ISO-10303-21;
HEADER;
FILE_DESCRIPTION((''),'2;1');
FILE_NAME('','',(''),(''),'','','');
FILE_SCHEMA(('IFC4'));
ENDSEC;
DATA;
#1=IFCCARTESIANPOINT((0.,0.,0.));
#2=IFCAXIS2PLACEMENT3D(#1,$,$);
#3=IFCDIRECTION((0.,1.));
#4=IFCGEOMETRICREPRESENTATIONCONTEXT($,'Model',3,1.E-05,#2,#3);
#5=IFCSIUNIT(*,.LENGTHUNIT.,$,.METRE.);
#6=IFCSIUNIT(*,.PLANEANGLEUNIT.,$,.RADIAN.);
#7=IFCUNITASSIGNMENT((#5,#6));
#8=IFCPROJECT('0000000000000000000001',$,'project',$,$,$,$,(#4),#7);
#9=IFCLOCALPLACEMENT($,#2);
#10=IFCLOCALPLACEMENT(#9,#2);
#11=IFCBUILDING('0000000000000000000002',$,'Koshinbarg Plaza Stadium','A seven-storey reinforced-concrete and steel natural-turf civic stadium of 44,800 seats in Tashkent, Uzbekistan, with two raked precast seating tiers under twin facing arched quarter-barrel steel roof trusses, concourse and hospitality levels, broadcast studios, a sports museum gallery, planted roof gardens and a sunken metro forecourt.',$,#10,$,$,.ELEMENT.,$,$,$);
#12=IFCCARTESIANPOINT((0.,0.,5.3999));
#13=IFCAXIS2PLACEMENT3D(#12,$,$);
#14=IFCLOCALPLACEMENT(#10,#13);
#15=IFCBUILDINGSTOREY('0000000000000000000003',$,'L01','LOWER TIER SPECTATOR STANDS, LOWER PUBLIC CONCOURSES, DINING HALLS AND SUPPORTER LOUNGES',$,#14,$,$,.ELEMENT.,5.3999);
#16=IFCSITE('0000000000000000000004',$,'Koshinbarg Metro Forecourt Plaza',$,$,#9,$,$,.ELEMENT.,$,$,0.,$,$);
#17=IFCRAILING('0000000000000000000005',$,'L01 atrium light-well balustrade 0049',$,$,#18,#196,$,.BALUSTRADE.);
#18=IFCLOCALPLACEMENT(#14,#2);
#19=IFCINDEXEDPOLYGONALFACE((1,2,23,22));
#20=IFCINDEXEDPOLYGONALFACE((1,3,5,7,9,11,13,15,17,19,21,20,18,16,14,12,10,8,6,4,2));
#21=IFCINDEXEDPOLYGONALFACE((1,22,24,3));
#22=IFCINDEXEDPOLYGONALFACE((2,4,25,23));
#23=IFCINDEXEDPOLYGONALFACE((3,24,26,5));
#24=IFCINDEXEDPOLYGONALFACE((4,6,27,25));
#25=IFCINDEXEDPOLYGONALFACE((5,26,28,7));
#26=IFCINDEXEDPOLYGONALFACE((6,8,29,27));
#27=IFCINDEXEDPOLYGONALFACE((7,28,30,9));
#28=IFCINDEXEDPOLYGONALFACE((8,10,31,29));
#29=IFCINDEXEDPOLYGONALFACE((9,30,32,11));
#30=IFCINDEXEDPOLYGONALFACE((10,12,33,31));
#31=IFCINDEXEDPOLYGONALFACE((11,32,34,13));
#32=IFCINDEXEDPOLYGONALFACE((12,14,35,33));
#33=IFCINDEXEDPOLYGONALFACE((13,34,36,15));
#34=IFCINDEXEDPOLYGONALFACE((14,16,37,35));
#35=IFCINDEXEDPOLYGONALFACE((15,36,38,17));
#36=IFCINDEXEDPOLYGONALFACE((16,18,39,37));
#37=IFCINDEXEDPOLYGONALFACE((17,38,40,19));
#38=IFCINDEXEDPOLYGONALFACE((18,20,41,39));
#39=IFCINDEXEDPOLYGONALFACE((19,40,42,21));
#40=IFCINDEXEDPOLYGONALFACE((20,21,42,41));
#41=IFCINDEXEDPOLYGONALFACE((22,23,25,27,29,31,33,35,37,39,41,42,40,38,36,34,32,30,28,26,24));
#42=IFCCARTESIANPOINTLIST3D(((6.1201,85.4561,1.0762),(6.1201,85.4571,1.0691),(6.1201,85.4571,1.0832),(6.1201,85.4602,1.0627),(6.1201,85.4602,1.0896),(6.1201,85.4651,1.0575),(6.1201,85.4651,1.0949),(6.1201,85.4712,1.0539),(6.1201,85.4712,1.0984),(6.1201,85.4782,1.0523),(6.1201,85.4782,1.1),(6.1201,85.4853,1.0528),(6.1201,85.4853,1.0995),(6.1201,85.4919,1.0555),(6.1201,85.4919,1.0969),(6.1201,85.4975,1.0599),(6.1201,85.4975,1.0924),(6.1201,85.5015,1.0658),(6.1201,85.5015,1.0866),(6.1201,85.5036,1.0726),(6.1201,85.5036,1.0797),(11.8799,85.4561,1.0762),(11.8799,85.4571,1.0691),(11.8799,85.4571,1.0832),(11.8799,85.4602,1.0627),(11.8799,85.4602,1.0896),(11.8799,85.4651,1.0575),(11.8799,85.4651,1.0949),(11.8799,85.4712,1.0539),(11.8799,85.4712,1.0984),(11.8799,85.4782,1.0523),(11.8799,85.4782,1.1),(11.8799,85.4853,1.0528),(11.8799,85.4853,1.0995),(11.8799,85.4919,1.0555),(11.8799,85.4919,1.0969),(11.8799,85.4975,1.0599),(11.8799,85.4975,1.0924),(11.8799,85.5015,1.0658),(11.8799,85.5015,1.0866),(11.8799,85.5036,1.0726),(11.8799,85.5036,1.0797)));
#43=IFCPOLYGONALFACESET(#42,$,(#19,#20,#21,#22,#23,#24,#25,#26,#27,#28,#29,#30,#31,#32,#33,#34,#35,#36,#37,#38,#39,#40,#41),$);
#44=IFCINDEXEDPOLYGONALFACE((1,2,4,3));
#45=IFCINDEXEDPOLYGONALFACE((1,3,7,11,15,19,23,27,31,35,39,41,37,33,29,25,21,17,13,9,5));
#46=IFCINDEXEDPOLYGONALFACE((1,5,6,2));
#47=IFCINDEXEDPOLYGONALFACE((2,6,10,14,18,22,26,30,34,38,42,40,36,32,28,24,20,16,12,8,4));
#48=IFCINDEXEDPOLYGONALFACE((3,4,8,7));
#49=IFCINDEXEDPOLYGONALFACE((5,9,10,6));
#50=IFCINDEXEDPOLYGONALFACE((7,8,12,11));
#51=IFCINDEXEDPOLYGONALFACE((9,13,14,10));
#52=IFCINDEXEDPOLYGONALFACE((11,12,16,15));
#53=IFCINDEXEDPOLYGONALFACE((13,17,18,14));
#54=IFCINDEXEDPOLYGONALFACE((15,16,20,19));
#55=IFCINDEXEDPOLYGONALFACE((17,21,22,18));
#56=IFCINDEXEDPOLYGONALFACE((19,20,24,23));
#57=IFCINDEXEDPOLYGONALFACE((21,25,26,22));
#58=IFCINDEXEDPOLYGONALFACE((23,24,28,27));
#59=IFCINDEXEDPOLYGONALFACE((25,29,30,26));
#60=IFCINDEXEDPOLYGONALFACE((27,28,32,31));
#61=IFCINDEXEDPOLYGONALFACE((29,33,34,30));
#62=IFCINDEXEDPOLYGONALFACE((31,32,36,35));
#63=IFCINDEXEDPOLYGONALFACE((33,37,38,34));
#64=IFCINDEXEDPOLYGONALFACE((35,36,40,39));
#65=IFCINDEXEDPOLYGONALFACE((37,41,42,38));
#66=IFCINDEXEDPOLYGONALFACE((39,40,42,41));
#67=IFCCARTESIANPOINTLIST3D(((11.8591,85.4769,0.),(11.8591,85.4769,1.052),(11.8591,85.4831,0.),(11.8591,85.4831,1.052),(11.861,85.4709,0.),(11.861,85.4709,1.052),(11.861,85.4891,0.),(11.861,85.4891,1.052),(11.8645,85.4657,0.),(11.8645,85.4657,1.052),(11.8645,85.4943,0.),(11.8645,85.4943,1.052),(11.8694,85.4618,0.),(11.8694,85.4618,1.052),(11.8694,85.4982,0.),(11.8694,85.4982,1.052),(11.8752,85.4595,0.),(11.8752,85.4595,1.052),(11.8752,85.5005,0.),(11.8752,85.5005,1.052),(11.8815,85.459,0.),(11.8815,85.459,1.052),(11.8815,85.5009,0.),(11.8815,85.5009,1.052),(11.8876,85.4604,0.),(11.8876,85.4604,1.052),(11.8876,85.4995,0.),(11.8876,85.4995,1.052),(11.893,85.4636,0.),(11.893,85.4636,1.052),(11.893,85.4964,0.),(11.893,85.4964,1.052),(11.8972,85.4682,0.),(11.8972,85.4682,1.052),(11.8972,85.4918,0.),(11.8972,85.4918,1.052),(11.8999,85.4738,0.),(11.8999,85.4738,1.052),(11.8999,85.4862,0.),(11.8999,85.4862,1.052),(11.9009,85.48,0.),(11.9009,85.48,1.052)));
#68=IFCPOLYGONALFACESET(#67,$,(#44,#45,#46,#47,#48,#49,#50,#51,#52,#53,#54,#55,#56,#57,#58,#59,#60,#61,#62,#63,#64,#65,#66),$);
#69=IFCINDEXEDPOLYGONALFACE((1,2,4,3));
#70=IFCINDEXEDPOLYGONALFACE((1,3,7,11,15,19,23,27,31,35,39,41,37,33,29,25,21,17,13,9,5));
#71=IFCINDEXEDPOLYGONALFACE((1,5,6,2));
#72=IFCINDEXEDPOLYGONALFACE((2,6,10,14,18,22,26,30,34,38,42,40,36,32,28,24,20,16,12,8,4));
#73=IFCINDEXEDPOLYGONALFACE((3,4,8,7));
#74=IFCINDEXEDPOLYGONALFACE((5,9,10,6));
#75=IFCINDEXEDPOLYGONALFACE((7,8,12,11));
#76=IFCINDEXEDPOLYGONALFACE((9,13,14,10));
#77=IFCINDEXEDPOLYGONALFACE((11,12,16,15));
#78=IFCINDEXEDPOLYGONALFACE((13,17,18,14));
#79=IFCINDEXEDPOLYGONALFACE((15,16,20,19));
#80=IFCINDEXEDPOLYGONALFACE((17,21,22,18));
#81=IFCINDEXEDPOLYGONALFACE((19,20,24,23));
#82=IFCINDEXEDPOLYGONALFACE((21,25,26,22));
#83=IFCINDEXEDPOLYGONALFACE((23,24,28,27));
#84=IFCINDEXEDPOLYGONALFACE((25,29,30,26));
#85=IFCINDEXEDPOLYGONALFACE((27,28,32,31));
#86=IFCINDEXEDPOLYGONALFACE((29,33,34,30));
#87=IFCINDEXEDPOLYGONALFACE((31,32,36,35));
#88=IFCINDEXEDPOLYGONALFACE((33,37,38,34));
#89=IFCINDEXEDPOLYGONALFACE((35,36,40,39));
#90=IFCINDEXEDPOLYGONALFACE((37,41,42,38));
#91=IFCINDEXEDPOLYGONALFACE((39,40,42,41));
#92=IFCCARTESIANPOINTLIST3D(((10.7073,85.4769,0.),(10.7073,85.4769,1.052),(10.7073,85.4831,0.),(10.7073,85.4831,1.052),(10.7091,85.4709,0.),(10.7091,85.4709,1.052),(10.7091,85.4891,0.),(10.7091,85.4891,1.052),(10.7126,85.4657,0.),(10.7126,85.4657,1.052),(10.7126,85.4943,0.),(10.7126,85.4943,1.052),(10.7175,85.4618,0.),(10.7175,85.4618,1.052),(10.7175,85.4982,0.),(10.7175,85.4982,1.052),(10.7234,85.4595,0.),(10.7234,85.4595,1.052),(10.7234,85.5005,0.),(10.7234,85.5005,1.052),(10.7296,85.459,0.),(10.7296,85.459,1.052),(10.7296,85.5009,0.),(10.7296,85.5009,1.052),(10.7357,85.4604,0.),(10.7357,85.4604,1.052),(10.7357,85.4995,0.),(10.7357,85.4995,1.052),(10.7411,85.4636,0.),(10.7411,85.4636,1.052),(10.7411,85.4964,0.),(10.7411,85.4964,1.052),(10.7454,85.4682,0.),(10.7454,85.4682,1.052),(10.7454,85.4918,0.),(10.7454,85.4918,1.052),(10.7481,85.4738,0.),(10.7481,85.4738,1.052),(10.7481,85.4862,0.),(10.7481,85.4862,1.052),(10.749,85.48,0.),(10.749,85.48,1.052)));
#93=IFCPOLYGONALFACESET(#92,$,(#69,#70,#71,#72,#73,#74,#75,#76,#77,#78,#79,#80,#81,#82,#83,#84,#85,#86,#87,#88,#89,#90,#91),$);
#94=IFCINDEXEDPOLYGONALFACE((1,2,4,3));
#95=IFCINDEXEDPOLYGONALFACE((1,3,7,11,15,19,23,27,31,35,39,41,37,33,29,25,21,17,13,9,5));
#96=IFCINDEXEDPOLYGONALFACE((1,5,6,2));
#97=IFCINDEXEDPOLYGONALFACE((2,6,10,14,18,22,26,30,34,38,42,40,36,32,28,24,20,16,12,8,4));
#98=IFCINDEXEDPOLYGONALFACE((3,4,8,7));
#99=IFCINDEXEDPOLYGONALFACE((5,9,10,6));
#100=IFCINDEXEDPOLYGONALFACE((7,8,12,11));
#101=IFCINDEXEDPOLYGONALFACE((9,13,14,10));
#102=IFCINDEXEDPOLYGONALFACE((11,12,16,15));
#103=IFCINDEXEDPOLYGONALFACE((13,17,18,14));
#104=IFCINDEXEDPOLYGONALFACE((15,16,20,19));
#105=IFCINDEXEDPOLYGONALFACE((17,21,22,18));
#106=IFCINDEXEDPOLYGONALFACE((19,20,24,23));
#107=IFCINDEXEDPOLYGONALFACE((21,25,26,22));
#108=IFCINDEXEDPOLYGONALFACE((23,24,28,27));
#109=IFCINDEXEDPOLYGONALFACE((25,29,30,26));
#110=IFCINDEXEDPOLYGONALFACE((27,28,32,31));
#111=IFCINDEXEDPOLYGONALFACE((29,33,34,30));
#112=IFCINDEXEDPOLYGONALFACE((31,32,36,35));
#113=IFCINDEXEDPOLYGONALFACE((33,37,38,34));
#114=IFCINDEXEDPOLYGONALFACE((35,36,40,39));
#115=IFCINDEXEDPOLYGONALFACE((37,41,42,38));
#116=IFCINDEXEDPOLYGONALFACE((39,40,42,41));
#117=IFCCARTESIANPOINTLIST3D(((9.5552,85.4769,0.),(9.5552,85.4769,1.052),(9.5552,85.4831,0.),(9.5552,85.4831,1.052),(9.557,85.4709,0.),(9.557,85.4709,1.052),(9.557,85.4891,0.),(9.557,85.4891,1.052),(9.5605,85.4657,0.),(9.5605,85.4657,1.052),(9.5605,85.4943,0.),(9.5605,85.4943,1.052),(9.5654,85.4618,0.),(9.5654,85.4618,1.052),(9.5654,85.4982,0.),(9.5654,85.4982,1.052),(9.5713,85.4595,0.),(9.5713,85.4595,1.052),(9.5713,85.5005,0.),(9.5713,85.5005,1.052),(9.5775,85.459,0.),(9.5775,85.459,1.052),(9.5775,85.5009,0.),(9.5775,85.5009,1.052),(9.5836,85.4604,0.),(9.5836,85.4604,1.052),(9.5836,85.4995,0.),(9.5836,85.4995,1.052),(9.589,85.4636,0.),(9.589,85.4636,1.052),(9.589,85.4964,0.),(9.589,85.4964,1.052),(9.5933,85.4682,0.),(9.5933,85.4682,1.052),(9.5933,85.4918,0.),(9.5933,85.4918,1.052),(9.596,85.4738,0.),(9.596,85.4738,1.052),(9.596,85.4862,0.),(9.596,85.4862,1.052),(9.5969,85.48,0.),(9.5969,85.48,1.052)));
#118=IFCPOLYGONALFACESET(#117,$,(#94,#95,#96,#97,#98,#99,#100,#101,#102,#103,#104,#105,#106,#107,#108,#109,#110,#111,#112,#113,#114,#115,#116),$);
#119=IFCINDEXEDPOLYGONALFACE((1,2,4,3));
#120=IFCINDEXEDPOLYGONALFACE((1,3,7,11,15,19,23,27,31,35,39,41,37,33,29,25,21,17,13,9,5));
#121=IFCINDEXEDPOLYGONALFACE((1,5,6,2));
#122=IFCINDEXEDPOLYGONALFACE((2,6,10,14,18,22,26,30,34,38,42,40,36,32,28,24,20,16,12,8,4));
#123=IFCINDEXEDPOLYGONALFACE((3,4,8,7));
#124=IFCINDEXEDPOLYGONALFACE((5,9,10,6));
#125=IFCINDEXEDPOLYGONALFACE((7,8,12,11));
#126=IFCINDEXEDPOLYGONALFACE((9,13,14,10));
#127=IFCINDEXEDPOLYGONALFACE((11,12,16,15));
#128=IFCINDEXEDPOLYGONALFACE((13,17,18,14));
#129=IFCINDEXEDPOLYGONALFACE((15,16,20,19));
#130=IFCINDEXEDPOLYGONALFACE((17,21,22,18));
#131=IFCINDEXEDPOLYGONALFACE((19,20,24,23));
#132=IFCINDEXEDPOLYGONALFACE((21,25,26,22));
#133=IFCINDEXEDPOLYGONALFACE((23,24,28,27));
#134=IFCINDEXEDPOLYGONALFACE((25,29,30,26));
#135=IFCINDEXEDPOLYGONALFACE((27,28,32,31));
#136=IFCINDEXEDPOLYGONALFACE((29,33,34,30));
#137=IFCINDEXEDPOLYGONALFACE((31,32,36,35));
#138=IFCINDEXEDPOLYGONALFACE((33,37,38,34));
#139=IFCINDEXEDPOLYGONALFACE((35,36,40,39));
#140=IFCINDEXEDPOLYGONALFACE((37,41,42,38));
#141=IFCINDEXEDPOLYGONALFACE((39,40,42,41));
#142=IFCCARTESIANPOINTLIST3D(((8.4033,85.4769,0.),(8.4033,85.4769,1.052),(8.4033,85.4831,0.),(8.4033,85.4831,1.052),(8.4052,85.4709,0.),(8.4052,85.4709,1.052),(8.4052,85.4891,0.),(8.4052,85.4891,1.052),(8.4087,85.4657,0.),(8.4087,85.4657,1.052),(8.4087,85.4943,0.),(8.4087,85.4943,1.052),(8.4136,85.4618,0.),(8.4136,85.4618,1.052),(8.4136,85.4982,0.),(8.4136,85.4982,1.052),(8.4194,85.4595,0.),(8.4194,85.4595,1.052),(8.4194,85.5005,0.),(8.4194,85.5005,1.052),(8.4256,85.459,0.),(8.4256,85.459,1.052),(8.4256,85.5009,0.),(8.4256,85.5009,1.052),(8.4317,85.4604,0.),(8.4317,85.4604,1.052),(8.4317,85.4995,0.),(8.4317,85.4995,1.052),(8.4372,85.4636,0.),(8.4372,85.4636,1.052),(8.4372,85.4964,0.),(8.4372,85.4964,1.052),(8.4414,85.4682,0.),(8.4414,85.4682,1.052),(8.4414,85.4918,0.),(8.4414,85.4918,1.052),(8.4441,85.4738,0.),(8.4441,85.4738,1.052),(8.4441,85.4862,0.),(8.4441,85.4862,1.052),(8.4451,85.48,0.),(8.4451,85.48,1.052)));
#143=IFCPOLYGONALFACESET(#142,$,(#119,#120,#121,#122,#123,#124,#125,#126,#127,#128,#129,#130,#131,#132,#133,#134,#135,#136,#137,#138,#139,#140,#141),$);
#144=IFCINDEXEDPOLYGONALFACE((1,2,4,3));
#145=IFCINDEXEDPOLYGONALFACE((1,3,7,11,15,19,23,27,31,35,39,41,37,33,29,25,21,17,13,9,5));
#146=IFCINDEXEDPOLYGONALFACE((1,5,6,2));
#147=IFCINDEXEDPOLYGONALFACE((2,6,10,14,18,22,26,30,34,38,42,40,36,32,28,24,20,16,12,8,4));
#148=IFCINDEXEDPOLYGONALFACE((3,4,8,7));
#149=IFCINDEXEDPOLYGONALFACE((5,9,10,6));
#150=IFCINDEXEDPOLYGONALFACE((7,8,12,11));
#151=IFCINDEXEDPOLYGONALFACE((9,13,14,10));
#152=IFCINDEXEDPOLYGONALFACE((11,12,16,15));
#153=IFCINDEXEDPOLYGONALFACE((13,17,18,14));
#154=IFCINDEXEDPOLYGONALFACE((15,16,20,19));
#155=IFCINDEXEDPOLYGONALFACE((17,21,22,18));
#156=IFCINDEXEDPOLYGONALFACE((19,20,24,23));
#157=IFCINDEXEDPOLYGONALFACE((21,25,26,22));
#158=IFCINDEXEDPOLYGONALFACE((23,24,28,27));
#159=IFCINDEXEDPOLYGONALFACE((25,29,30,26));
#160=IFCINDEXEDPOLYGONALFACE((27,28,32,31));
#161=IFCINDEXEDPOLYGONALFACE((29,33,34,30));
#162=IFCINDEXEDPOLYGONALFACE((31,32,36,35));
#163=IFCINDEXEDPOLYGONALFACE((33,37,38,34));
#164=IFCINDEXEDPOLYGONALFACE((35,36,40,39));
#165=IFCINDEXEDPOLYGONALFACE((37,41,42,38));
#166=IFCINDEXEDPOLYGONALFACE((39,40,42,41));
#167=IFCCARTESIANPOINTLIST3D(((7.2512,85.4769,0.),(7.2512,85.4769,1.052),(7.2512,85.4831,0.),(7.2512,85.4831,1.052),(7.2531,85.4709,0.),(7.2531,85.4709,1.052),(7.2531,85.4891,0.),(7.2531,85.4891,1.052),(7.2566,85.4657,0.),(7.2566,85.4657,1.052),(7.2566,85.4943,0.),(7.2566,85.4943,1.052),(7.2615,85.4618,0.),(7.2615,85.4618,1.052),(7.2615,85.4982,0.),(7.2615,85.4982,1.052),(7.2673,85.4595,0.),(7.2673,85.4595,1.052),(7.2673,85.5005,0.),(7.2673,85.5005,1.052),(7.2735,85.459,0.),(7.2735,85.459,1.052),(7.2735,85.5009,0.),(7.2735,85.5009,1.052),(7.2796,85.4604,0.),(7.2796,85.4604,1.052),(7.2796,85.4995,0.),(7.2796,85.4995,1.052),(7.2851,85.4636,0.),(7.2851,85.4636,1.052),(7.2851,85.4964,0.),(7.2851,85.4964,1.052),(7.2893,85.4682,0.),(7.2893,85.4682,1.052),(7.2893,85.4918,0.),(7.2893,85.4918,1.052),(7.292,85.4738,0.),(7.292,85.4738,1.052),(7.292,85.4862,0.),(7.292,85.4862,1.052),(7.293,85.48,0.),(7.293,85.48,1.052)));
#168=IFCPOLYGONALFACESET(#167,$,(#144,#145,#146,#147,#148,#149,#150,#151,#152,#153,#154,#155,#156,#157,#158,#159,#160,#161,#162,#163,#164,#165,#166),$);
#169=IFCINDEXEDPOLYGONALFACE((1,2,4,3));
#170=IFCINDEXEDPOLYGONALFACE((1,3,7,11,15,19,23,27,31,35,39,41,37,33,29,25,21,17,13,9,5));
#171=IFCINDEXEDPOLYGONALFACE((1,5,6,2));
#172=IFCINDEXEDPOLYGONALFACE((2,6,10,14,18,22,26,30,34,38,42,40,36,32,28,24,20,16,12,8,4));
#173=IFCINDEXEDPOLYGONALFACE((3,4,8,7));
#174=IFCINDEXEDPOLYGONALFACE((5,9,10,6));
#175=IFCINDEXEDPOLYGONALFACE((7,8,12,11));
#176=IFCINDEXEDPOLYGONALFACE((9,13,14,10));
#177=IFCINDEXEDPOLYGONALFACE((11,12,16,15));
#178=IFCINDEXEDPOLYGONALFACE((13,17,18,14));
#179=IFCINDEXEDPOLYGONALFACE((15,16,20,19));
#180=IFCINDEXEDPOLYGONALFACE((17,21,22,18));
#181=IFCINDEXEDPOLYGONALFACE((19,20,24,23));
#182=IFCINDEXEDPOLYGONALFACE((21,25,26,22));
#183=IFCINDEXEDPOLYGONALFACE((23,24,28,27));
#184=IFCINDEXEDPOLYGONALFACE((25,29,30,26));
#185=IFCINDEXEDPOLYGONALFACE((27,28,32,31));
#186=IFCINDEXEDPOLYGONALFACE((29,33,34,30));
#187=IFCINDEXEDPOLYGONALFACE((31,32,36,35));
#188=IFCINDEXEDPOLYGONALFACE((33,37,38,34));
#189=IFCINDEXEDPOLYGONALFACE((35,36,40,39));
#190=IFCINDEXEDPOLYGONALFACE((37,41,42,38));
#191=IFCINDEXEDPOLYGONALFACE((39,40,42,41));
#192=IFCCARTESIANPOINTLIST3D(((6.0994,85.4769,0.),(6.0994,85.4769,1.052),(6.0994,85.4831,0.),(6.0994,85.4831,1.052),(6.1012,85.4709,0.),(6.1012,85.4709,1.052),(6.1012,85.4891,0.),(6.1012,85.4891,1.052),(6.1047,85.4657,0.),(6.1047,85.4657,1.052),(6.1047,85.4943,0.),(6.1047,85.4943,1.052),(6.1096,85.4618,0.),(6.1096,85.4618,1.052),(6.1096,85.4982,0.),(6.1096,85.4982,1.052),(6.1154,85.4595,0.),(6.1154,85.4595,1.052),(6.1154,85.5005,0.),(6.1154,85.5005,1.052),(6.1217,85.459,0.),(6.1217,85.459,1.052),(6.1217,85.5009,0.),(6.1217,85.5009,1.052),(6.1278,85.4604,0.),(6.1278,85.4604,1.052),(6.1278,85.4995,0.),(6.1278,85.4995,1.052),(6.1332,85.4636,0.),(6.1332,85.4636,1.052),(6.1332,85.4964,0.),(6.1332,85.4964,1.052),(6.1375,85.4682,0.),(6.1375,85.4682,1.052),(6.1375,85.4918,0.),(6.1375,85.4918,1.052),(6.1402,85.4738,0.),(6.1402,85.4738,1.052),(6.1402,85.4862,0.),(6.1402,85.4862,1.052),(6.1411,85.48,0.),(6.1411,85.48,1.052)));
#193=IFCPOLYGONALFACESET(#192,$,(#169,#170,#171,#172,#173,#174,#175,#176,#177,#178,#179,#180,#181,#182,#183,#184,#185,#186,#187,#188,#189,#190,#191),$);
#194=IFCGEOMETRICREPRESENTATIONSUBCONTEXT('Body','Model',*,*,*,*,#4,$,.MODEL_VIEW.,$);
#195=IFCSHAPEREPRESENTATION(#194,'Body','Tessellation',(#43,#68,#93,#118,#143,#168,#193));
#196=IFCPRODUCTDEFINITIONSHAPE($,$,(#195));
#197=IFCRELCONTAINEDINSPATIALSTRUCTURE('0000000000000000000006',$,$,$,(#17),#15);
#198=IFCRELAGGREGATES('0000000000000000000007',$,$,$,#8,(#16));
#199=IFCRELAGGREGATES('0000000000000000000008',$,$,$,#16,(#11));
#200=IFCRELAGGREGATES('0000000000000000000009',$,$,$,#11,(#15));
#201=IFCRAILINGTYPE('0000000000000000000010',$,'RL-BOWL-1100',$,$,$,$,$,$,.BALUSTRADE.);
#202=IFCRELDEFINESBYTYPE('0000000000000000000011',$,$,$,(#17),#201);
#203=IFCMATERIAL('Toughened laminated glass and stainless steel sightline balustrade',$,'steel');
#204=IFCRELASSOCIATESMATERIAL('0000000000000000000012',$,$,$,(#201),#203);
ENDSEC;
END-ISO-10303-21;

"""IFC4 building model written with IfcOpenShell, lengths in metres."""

from ifc_helpers import new_model, si_unit, direction, frame, origin, origin_2d, place, context, subcontext, project, spatial, circle, extrude, material, type_object, element, save


model = new_model("IFC4")

# Units and contexts
model_context = context("Model", 3, precision=1e-05, world=origin(), true_north=direction((0.0, 1.0)))
body_context = subcontext(model_context, "Body", "Model", "MODEL_VIEW")
ifc_project = project(units=[si_unit("LENGTHUNIT", "METRE"), si_unit("PLANEANGLEUNIT", "RADIAN")], contexts=[model_context])

# Site, building, storey
site_placement = place(None, origin())
site = spatial("IfcSite", under=ifc_project, at=site_placement, Name="Koshinbarg Metro Forecourt Plaza", CompositionType="ELEMENT", RefElevation=0.0)
building_placement = place(site_placement, origin())
building = spatial("IfcBuilding", under=site, at=building_placement, Name="Koshinbarg Plaza Stadium", Description="A seven-storey reinforced-concrete and steel natural-turf civic stadium of 44,800 seats in Tashkent, Uzbekistan, with two raked precast seating tiers under twin facing arched quarter-barrel steel roof trusses, concourse and hospitality levels, broadcast studios, a sports museum gallery, planted roof gardens and a sunken metro forecourt.", CompositionType="ELEMENT")
storey_placement = place(building_placement, frame((0.0, 0.0, 5.3999)))
storey = spatial("IfcBuildingStorey", under=building, at=storey_placement, Name="L01", Description="LOWER TIER SPECTATOR STANDS, LOWER PUBLIC CONCOURSES, DINING HALLS AND SUPPORTER LOUNGES", CompositionType="ELEMENT", Elevation=5.3999)

# Railing
ifc_material_1 = material(Name="Toughened laminated glass and stainless steel sightline balustrade", Category="steel")
railing_type = type_object("IfcRailingType", Name="RL-BOWL-1100", PredefinedType="BALUSTRADE", material=ifc_material_1)
railing_1_placement = place(storey_placement, frame((11.8799, 85.48, 0.0)))
element("IfcRailing", 1, at=railing_1_placement, inside=storey, type_object=railing_type, Name="L01 atrium light-well balustrade 0049", PredefinedType="BALUSTRADE", context=body_context, shape_type="SweptSolid", body=[
    extrude(circle(Radius=0.0239, at=origin_2d()), frame((0.0, 0.0, 1.0762), z_axis=(-1.0, 0.0, 0.0), x_axis=(0.0, -1.0, 0.0)), (0.0, 0.0, 1.0), 5.7598),
    extrude(circle(Radius=0.021, at=origin_2d()), origin(), (0.0, 0.0, 1.0), 1.052),
    extrude(circle(Radius=0.021, at=origin_2d()), frame((-1.1519, 0.0, 0.0)), (0.0, 0.0, 1.0), 1.052),
    extrude(circle(Radius=0.021, at=origin_2d()), frame((-2.304, 0.0, 0.0)), (0.0, 0.0, 1.0), 1.052),
    extrude(circle(Radius=0.021, at=origin_2d()), frame((-3.4558, 0.0, 0.0)), (0.0, 0.0, 1.0), 1.052),
    extrude(circle(Radius=0.021, at=origin_2d()), frame((-4.6079, 0.0, 0.0)), (0.0, 0.0, 1.0), 1.052),
    extrude(circle(Radius=0.021, at=origin_2d()), frame((-5.7598, 0.0, 0.0)), (0.0, 0.0, 1.0), 1.052),
])

save(model, "model.ifc")
